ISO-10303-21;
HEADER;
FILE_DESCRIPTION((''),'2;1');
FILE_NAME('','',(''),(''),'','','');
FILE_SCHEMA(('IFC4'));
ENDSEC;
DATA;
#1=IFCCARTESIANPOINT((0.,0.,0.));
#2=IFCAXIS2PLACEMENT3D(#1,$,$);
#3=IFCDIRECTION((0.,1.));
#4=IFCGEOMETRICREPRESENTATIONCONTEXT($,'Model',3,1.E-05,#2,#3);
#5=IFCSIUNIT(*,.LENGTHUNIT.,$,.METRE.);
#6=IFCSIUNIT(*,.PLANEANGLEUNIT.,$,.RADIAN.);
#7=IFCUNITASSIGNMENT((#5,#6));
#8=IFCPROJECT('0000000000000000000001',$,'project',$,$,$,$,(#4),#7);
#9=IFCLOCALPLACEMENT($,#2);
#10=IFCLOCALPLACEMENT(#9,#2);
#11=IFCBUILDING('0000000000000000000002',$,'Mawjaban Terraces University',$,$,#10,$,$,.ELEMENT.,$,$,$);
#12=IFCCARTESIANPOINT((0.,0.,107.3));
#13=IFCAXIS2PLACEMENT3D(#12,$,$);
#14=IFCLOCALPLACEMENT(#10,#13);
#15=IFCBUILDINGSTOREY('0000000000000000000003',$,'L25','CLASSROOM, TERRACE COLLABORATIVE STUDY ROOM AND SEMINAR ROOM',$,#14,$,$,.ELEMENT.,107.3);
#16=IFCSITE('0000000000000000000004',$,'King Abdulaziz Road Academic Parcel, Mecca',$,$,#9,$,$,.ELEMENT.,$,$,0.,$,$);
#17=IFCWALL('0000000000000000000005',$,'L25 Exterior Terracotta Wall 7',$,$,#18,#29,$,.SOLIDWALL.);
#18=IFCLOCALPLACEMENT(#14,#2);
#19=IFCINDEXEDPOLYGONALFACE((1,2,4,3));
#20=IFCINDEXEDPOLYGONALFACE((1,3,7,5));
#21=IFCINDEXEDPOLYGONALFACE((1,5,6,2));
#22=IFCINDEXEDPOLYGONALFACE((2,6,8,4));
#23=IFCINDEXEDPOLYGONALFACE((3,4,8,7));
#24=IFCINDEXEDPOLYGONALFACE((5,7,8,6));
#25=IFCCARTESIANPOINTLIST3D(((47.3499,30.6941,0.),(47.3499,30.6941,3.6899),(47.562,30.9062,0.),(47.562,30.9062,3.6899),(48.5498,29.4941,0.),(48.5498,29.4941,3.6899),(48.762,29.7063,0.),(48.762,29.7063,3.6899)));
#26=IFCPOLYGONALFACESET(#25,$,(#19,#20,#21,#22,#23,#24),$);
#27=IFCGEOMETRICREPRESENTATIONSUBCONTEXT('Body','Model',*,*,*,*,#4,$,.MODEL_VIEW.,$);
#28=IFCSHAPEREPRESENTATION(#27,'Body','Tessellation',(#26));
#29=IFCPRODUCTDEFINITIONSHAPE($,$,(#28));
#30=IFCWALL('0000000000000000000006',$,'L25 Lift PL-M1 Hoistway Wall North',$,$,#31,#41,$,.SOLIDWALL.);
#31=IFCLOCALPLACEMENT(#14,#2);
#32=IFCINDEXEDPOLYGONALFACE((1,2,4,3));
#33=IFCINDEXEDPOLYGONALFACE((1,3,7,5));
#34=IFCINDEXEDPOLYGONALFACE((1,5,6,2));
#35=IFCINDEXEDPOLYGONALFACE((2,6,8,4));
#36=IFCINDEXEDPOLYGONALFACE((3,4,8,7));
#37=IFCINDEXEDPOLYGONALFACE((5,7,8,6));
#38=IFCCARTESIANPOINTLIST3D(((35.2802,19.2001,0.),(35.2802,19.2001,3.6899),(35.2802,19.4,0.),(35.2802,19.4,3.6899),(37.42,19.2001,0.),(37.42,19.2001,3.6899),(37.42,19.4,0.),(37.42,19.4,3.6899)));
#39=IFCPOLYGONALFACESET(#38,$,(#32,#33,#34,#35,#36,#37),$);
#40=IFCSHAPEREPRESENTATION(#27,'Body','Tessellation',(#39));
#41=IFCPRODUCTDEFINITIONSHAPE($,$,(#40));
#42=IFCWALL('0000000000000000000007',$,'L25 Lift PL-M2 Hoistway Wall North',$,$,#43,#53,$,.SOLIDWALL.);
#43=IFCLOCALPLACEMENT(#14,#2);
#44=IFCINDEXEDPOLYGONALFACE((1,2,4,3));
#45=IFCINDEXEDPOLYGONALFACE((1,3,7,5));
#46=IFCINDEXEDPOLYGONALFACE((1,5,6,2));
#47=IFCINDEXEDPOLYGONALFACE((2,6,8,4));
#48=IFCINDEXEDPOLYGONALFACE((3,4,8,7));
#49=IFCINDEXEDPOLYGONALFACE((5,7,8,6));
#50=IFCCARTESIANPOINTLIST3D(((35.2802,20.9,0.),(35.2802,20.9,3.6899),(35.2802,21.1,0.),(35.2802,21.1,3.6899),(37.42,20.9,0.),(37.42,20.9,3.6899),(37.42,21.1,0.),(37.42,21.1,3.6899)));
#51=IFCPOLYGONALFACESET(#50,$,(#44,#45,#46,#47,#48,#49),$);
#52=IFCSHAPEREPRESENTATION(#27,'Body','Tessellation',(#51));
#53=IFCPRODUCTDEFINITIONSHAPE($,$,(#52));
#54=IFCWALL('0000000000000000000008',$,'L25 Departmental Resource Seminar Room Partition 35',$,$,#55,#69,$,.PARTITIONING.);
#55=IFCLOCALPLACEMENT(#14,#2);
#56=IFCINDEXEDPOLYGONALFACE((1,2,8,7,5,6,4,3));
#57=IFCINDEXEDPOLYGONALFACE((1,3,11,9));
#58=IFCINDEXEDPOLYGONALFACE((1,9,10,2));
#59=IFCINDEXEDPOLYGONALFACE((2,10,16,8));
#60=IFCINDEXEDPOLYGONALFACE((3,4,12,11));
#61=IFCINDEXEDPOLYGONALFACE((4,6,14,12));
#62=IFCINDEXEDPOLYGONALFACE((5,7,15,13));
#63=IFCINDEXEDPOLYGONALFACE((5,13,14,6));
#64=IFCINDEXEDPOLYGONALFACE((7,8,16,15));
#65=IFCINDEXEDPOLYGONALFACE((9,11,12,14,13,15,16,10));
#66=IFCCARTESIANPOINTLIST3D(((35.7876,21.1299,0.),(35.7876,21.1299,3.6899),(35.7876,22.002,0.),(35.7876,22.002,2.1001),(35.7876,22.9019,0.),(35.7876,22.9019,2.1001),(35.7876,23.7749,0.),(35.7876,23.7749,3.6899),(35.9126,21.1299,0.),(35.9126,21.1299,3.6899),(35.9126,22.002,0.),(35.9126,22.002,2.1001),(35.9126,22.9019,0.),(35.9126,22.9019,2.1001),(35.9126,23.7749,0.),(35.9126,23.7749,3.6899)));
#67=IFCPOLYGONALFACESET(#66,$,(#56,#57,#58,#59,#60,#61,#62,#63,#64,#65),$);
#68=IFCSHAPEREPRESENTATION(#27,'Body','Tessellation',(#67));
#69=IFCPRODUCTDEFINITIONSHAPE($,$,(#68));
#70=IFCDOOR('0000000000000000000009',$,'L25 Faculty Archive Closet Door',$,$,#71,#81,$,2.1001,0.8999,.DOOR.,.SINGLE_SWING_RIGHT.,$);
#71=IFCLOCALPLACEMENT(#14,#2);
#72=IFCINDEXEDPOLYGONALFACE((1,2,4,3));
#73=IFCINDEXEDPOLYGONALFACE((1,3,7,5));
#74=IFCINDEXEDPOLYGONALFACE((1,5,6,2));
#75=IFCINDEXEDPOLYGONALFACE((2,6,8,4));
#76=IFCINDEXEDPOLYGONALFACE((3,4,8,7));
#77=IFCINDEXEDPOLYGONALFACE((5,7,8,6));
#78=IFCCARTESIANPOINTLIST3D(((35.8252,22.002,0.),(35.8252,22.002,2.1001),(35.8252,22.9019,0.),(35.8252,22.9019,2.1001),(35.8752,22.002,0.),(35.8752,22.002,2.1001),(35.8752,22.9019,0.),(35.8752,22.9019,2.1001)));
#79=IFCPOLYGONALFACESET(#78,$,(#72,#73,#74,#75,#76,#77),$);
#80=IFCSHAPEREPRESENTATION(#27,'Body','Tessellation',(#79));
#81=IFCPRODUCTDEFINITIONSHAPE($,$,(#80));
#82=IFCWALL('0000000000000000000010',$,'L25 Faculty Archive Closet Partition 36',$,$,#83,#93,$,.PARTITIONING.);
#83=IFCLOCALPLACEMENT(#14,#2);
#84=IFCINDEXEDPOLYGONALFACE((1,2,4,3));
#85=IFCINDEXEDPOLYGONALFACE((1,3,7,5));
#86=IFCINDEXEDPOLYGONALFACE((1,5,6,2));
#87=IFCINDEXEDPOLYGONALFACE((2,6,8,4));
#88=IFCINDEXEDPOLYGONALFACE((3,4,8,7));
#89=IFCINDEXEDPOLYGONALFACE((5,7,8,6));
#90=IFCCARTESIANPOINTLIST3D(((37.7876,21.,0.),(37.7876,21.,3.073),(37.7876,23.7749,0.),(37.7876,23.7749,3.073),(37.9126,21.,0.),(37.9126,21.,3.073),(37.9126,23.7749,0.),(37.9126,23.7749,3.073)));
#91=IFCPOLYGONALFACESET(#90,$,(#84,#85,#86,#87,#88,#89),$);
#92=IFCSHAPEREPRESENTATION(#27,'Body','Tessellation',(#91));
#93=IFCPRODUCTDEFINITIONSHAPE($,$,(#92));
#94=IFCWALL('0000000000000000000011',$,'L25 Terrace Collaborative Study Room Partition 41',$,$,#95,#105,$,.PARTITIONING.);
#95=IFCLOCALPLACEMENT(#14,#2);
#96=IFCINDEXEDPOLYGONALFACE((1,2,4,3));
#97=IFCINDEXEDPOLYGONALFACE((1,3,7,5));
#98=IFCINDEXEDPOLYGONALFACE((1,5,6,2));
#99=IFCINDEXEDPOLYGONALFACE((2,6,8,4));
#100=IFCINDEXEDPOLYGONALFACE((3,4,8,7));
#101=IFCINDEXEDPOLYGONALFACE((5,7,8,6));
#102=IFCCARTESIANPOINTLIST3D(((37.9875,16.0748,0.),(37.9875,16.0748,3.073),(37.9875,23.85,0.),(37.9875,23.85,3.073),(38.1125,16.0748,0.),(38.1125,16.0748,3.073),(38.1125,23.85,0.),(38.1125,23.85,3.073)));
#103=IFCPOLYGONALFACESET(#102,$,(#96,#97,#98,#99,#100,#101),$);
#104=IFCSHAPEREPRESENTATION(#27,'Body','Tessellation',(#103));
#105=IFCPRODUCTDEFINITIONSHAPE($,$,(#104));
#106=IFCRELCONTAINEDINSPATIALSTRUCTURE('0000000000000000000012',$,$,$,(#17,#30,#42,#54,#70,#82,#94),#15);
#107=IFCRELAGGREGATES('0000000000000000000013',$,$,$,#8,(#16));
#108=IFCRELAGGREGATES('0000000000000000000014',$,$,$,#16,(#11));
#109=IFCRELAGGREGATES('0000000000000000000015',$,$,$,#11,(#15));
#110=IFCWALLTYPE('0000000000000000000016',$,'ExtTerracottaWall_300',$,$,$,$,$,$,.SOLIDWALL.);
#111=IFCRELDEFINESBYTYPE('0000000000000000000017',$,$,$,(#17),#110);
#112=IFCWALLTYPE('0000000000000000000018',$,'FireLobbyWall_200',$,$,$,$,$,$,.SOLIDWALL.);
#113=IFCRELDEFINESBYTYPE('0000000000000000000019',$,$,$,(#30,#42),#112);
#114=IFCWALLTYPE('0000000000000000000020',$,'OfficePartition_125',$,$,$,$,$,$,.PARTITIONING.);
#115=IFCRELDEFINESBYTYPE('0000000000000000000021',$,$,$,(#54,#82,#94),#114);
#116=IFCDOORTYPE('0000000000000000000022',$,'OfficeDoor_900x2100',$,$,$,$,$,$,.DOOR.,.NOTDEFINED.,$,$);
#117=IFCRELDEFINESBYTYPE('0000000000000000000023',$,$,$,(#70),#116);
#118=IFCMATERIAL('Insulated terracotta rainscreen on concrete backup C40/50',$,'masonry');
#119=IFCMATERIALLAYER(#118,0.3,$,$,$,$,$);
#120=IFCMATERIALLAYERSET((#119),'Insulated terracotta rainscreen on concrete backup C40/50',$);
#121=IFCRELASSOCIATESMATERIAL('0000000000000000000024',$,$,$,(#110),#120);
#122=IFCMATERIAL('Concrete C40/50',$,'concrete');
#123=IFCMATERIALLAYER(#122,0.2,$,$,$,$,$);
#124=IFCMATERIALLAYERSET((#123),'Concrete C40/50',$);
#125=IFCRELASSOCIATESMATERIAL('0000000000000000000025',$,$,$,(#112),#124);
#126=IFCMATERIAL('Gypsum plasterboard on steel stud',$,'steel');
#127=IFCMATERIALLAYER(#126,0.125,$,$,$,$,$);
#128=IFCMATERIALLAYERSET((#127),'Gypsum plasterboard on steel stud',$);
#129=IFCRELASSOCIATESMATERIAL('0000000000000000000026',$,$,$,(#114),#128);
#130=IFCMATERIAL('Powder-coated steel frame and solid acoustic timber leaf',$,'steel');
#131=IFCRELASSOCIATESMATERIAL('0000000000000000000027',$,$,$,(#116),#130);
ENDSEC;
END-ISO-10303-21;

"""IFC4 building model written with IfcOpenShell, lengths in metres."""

from ifc_helpers import new_model, si_unit, direction, frame, frame_2d, origin, place, context, subcontext, project, spatial, rectangle, extrude, material, layer, layer_set, type_object, element, fill, save


model = new_model("IFC4")

# Units and contexts
model_context = context("Model", 3, precision=1e-05, world=origin(), true_north=direction((0.0, 1.0)))
body_context = subcontext(model_context, "Body", "Model", "MODEL_VIEW")
ifc_project = project(units=[si_unit("LENGTHUNIT", "METRE"), si_unit("PLANEANGLEUNIT", "RADIAN")], contexts=[model_context])

# Site, building, storey
site_placement = place(None, origin())
site = spatial("IfcSite", under=ifc_project, at=site_placement, Name="King Abdulaziz Road Academic Parcel, Mecca", CompositionType="ELEMENT", RefElevation=0.0)
building_placement = place(site_placement, origin())
building = spatial("IfcBuilding", under=site, at=building_placement, Name="Mawjaban Terraces University", CompositionType="ELEMENT")
storey_placement = place(building_placement, frame((0.0, 0.0, 107.3)))
storey = spatial("IfcBuildingStorey", under=building, at=storey_placement, Name="L25", Description="CLASSROOM, TERRACE COLLABORATIVE STUDY ROOM AND SEMINAR ROOM", CompositionType="ELEMENT", Elevation=107.3)

# Walls
ifc_material_1 = material(Name="Insulated terracotta rainscreen on concrete backup C40/50", Category="masonry")
ifc_layer_1 = layer(ifc_material_1, 0.3)
ifc_layer_set_1 = layer_set([ifc_layer_1], Name="Insulated terracotta rainscreen on concrete backup C40/50")
wall_type_1 = type_object("IfcWallType", Name="ExtTerracottaWall_300", PredefinedType="SOLIDWALL", material=ifc_layer_set_1)
wall_1_placement = place(storey_placement, frame((48.656, 29.6001, 0.0), z_axis=(0.0, 0.0, 1.0), x_axis=(-0.707107, 0.707107, 0.0)))
element("IfcWall", 1, at=wall_1_placement, inside=storey, type_object=wall_type_1, Name="L25 Exterior Terracotta Wall 7", PredefinedType="SOLIDWALL", context=body_context, shape_type="SweptSolid", body=[
    extrude(rectangle(XDim=1.697, YDim=0.3, at=frame_2d((0.8486, 0.0))), origin(), (0.0, 0.0, 1.0), 3.6899),
])
ifc_material_2 = material(Name="Concrete C40/50", Category="concrete")
ifc_layer_2 = layer(ifc_material_2, 0.2)
ifc_layer_set_2 = layer_set([ifc_layer_2], Name="Concrete C40/50")
wall_type_2 = type_object("IfcWallType", Name="FireLobbyWall_200", PredefinedType="SOLIDWALL", material=ifc_layer_set_2)
for number, where, z_axis, x_axis, name in (
    (2, (37.4199, 19.3, 0.0), (0.0, 0.0, 1.0), (-1.0, 0.0, 0.0), "L25 Lift PL-M1 Hoistway Wall North"),
    (3, (37.4199, 21.0, 0.0), (0.0, 0.0, 1.0), (-1.0, 0.0, 0.0), "L25 Lift PL-M2 Hoistway Wall North"),
):
    element("IfcWall", number, at=place(storey_placement, frame(where, z_axis=z_axis, x_axis=x_axis)), inside=storey, type_object=wall_type_2, Name=name, PredefinedType="SOLIDWALL", context=body_context, shape_type="SweptSolid", body=[
        extrude(rectangle(XDim=2.1399, YDim=0.2, at=frame_2d((1.0698, 0.0))), origin(), (0.0, 0.0, 1.0), 3.6899),
    ])

# Wall, opening, door
ifc_material_3 = material(Name="Gypsum plasterboard on steel stud", Category="steel")
ifc_layer_3 = layer(ifc_material_3, 0.125)
ifc_layer_set_3 = layer_set([ifc_layer_3], Name="Gypsum plasterboard on steel stud")
wall_type_3 = type_object("IfcWallType", Name="OfficePartition_125", PredefinedType="PARTITIONING", material=ifc_layer_set_3)
wall_2_placement = place(storey_placement, frame((35.8501, 21.1299, 0.0), z_axis=(0.0, 0.0, 1.0), x_axis=(0.0, 1.0, 0.0)))
wall_2 = element("IfcWall", 4, at=wall_2_placement, inside=storey, type_object=wall_type_3, Name="L25 Departmental Resource Seminar Room Partition 35", PredefinedType="PARTITIONING", context=body_context, shape_type="SweptSolid", body=[
    extrude(rectangle(XDim=2.645, YDim=0.125, at=frame_2d((1.3225, 0.0))), origin(), (0.0, 0.0, 1.0), 3.6899),
])
opening_placement = place(wall_2_placement, frame((0.8721, 0.0, 0.0)))
opening = element("IfcOpeningElement", 5, at=opening_placement, cuts=wall_2, PredefinedType="OPENING", context=body_context, shape_type="SweptSolid", body=[
    extrude(rectangle(XDim=0.8999, YDim=2.1001, at=frame_2d((0.45, 1.05))), frame((0.0, 0.0725, 0.0), z_axis=(0.0, -1.0, 0.0), x_axis=(1.0, 0.0, 0.0)), (0.0, 0.0, 1.0), 0.145),
])
ifc_material_4 = material(Name="Powder-coated steel frame and solid acoustic timber leaf", Category="steel")
door_type = type_object("IfcDoorType", Name="OfficeDoor_900x2100", OperationType="NOTDEFINED", PredefinedType="DOOR", material=ifc_material_4)
door_placement = place(opening_placement, origin())
door = element("IfcDoor", 6, at=door_placement, inside=storey, type_object=door_type, Name="L25 Faculty Archive Closet Door", OperationType="SINGLE_SWING_RIGHT", OverallHeight=2.1001, OverallWidth=0.8999, PredefinedType="DOOR", context=body_context, shape_type="SweptSolid", body=[
    extrude(rectangle(XDim=0.8999, YDim=2.1001, at=frame_2d((0.45, 1.05))), frame((0.0, 0.0249, 0.0), z_axis=(0.0, -1.0, 0.0), x_axis=(1.0, 0.0, 0.0)), (0.0, 0.0, 1.0), 0.05),
])
fill(opening, door)

# Walls
wall_3_placement = place(storey_placement, frame((37.8501, 21.0, 0.0), z_axis=(0.0, 0.0, 1.0), x_axis=(0.0, 1.0, 0.0)))
element("IfcWall", 7, at=wall_3_placement, inside=storey, type_object=wall_type_3, Name="L25 Faculty Archive Closet Partition 36", PredefinedType="PARTITIONING", context=body_context, shape_type="SweptSolid", body=[
    extrude(rectangle(XDim=2.7749, YDim=0.125, at=frame_2d((1.3875, 0.0))), origin(), (0.0, 0.0, 1.0), 3.073),
])
wall_4_placement = place(storey_placement, frame((38.05, 23.8501, 0.0), z_axis=(0.0, 0.0, 1.0), x_axis=(0.0, -1.0, 0.0)))
element("IfcWall", 8, at=wall_4_placement, inside=storey, type_object=wall_type_3, Name="L25 Terrace Collaborative Study Room Partition 41", PredefinedType="PARTITIONING", context=body_context, shape_type="SweptSolid", body=[
    extrude(rectangle(XDim=7.7751, YDim=0.125, at=frame_2d((3.8877, 0.0))), origin(), (0.0, 0.0, 1.0), 3.073),
])

save(model, "model.ifc")
